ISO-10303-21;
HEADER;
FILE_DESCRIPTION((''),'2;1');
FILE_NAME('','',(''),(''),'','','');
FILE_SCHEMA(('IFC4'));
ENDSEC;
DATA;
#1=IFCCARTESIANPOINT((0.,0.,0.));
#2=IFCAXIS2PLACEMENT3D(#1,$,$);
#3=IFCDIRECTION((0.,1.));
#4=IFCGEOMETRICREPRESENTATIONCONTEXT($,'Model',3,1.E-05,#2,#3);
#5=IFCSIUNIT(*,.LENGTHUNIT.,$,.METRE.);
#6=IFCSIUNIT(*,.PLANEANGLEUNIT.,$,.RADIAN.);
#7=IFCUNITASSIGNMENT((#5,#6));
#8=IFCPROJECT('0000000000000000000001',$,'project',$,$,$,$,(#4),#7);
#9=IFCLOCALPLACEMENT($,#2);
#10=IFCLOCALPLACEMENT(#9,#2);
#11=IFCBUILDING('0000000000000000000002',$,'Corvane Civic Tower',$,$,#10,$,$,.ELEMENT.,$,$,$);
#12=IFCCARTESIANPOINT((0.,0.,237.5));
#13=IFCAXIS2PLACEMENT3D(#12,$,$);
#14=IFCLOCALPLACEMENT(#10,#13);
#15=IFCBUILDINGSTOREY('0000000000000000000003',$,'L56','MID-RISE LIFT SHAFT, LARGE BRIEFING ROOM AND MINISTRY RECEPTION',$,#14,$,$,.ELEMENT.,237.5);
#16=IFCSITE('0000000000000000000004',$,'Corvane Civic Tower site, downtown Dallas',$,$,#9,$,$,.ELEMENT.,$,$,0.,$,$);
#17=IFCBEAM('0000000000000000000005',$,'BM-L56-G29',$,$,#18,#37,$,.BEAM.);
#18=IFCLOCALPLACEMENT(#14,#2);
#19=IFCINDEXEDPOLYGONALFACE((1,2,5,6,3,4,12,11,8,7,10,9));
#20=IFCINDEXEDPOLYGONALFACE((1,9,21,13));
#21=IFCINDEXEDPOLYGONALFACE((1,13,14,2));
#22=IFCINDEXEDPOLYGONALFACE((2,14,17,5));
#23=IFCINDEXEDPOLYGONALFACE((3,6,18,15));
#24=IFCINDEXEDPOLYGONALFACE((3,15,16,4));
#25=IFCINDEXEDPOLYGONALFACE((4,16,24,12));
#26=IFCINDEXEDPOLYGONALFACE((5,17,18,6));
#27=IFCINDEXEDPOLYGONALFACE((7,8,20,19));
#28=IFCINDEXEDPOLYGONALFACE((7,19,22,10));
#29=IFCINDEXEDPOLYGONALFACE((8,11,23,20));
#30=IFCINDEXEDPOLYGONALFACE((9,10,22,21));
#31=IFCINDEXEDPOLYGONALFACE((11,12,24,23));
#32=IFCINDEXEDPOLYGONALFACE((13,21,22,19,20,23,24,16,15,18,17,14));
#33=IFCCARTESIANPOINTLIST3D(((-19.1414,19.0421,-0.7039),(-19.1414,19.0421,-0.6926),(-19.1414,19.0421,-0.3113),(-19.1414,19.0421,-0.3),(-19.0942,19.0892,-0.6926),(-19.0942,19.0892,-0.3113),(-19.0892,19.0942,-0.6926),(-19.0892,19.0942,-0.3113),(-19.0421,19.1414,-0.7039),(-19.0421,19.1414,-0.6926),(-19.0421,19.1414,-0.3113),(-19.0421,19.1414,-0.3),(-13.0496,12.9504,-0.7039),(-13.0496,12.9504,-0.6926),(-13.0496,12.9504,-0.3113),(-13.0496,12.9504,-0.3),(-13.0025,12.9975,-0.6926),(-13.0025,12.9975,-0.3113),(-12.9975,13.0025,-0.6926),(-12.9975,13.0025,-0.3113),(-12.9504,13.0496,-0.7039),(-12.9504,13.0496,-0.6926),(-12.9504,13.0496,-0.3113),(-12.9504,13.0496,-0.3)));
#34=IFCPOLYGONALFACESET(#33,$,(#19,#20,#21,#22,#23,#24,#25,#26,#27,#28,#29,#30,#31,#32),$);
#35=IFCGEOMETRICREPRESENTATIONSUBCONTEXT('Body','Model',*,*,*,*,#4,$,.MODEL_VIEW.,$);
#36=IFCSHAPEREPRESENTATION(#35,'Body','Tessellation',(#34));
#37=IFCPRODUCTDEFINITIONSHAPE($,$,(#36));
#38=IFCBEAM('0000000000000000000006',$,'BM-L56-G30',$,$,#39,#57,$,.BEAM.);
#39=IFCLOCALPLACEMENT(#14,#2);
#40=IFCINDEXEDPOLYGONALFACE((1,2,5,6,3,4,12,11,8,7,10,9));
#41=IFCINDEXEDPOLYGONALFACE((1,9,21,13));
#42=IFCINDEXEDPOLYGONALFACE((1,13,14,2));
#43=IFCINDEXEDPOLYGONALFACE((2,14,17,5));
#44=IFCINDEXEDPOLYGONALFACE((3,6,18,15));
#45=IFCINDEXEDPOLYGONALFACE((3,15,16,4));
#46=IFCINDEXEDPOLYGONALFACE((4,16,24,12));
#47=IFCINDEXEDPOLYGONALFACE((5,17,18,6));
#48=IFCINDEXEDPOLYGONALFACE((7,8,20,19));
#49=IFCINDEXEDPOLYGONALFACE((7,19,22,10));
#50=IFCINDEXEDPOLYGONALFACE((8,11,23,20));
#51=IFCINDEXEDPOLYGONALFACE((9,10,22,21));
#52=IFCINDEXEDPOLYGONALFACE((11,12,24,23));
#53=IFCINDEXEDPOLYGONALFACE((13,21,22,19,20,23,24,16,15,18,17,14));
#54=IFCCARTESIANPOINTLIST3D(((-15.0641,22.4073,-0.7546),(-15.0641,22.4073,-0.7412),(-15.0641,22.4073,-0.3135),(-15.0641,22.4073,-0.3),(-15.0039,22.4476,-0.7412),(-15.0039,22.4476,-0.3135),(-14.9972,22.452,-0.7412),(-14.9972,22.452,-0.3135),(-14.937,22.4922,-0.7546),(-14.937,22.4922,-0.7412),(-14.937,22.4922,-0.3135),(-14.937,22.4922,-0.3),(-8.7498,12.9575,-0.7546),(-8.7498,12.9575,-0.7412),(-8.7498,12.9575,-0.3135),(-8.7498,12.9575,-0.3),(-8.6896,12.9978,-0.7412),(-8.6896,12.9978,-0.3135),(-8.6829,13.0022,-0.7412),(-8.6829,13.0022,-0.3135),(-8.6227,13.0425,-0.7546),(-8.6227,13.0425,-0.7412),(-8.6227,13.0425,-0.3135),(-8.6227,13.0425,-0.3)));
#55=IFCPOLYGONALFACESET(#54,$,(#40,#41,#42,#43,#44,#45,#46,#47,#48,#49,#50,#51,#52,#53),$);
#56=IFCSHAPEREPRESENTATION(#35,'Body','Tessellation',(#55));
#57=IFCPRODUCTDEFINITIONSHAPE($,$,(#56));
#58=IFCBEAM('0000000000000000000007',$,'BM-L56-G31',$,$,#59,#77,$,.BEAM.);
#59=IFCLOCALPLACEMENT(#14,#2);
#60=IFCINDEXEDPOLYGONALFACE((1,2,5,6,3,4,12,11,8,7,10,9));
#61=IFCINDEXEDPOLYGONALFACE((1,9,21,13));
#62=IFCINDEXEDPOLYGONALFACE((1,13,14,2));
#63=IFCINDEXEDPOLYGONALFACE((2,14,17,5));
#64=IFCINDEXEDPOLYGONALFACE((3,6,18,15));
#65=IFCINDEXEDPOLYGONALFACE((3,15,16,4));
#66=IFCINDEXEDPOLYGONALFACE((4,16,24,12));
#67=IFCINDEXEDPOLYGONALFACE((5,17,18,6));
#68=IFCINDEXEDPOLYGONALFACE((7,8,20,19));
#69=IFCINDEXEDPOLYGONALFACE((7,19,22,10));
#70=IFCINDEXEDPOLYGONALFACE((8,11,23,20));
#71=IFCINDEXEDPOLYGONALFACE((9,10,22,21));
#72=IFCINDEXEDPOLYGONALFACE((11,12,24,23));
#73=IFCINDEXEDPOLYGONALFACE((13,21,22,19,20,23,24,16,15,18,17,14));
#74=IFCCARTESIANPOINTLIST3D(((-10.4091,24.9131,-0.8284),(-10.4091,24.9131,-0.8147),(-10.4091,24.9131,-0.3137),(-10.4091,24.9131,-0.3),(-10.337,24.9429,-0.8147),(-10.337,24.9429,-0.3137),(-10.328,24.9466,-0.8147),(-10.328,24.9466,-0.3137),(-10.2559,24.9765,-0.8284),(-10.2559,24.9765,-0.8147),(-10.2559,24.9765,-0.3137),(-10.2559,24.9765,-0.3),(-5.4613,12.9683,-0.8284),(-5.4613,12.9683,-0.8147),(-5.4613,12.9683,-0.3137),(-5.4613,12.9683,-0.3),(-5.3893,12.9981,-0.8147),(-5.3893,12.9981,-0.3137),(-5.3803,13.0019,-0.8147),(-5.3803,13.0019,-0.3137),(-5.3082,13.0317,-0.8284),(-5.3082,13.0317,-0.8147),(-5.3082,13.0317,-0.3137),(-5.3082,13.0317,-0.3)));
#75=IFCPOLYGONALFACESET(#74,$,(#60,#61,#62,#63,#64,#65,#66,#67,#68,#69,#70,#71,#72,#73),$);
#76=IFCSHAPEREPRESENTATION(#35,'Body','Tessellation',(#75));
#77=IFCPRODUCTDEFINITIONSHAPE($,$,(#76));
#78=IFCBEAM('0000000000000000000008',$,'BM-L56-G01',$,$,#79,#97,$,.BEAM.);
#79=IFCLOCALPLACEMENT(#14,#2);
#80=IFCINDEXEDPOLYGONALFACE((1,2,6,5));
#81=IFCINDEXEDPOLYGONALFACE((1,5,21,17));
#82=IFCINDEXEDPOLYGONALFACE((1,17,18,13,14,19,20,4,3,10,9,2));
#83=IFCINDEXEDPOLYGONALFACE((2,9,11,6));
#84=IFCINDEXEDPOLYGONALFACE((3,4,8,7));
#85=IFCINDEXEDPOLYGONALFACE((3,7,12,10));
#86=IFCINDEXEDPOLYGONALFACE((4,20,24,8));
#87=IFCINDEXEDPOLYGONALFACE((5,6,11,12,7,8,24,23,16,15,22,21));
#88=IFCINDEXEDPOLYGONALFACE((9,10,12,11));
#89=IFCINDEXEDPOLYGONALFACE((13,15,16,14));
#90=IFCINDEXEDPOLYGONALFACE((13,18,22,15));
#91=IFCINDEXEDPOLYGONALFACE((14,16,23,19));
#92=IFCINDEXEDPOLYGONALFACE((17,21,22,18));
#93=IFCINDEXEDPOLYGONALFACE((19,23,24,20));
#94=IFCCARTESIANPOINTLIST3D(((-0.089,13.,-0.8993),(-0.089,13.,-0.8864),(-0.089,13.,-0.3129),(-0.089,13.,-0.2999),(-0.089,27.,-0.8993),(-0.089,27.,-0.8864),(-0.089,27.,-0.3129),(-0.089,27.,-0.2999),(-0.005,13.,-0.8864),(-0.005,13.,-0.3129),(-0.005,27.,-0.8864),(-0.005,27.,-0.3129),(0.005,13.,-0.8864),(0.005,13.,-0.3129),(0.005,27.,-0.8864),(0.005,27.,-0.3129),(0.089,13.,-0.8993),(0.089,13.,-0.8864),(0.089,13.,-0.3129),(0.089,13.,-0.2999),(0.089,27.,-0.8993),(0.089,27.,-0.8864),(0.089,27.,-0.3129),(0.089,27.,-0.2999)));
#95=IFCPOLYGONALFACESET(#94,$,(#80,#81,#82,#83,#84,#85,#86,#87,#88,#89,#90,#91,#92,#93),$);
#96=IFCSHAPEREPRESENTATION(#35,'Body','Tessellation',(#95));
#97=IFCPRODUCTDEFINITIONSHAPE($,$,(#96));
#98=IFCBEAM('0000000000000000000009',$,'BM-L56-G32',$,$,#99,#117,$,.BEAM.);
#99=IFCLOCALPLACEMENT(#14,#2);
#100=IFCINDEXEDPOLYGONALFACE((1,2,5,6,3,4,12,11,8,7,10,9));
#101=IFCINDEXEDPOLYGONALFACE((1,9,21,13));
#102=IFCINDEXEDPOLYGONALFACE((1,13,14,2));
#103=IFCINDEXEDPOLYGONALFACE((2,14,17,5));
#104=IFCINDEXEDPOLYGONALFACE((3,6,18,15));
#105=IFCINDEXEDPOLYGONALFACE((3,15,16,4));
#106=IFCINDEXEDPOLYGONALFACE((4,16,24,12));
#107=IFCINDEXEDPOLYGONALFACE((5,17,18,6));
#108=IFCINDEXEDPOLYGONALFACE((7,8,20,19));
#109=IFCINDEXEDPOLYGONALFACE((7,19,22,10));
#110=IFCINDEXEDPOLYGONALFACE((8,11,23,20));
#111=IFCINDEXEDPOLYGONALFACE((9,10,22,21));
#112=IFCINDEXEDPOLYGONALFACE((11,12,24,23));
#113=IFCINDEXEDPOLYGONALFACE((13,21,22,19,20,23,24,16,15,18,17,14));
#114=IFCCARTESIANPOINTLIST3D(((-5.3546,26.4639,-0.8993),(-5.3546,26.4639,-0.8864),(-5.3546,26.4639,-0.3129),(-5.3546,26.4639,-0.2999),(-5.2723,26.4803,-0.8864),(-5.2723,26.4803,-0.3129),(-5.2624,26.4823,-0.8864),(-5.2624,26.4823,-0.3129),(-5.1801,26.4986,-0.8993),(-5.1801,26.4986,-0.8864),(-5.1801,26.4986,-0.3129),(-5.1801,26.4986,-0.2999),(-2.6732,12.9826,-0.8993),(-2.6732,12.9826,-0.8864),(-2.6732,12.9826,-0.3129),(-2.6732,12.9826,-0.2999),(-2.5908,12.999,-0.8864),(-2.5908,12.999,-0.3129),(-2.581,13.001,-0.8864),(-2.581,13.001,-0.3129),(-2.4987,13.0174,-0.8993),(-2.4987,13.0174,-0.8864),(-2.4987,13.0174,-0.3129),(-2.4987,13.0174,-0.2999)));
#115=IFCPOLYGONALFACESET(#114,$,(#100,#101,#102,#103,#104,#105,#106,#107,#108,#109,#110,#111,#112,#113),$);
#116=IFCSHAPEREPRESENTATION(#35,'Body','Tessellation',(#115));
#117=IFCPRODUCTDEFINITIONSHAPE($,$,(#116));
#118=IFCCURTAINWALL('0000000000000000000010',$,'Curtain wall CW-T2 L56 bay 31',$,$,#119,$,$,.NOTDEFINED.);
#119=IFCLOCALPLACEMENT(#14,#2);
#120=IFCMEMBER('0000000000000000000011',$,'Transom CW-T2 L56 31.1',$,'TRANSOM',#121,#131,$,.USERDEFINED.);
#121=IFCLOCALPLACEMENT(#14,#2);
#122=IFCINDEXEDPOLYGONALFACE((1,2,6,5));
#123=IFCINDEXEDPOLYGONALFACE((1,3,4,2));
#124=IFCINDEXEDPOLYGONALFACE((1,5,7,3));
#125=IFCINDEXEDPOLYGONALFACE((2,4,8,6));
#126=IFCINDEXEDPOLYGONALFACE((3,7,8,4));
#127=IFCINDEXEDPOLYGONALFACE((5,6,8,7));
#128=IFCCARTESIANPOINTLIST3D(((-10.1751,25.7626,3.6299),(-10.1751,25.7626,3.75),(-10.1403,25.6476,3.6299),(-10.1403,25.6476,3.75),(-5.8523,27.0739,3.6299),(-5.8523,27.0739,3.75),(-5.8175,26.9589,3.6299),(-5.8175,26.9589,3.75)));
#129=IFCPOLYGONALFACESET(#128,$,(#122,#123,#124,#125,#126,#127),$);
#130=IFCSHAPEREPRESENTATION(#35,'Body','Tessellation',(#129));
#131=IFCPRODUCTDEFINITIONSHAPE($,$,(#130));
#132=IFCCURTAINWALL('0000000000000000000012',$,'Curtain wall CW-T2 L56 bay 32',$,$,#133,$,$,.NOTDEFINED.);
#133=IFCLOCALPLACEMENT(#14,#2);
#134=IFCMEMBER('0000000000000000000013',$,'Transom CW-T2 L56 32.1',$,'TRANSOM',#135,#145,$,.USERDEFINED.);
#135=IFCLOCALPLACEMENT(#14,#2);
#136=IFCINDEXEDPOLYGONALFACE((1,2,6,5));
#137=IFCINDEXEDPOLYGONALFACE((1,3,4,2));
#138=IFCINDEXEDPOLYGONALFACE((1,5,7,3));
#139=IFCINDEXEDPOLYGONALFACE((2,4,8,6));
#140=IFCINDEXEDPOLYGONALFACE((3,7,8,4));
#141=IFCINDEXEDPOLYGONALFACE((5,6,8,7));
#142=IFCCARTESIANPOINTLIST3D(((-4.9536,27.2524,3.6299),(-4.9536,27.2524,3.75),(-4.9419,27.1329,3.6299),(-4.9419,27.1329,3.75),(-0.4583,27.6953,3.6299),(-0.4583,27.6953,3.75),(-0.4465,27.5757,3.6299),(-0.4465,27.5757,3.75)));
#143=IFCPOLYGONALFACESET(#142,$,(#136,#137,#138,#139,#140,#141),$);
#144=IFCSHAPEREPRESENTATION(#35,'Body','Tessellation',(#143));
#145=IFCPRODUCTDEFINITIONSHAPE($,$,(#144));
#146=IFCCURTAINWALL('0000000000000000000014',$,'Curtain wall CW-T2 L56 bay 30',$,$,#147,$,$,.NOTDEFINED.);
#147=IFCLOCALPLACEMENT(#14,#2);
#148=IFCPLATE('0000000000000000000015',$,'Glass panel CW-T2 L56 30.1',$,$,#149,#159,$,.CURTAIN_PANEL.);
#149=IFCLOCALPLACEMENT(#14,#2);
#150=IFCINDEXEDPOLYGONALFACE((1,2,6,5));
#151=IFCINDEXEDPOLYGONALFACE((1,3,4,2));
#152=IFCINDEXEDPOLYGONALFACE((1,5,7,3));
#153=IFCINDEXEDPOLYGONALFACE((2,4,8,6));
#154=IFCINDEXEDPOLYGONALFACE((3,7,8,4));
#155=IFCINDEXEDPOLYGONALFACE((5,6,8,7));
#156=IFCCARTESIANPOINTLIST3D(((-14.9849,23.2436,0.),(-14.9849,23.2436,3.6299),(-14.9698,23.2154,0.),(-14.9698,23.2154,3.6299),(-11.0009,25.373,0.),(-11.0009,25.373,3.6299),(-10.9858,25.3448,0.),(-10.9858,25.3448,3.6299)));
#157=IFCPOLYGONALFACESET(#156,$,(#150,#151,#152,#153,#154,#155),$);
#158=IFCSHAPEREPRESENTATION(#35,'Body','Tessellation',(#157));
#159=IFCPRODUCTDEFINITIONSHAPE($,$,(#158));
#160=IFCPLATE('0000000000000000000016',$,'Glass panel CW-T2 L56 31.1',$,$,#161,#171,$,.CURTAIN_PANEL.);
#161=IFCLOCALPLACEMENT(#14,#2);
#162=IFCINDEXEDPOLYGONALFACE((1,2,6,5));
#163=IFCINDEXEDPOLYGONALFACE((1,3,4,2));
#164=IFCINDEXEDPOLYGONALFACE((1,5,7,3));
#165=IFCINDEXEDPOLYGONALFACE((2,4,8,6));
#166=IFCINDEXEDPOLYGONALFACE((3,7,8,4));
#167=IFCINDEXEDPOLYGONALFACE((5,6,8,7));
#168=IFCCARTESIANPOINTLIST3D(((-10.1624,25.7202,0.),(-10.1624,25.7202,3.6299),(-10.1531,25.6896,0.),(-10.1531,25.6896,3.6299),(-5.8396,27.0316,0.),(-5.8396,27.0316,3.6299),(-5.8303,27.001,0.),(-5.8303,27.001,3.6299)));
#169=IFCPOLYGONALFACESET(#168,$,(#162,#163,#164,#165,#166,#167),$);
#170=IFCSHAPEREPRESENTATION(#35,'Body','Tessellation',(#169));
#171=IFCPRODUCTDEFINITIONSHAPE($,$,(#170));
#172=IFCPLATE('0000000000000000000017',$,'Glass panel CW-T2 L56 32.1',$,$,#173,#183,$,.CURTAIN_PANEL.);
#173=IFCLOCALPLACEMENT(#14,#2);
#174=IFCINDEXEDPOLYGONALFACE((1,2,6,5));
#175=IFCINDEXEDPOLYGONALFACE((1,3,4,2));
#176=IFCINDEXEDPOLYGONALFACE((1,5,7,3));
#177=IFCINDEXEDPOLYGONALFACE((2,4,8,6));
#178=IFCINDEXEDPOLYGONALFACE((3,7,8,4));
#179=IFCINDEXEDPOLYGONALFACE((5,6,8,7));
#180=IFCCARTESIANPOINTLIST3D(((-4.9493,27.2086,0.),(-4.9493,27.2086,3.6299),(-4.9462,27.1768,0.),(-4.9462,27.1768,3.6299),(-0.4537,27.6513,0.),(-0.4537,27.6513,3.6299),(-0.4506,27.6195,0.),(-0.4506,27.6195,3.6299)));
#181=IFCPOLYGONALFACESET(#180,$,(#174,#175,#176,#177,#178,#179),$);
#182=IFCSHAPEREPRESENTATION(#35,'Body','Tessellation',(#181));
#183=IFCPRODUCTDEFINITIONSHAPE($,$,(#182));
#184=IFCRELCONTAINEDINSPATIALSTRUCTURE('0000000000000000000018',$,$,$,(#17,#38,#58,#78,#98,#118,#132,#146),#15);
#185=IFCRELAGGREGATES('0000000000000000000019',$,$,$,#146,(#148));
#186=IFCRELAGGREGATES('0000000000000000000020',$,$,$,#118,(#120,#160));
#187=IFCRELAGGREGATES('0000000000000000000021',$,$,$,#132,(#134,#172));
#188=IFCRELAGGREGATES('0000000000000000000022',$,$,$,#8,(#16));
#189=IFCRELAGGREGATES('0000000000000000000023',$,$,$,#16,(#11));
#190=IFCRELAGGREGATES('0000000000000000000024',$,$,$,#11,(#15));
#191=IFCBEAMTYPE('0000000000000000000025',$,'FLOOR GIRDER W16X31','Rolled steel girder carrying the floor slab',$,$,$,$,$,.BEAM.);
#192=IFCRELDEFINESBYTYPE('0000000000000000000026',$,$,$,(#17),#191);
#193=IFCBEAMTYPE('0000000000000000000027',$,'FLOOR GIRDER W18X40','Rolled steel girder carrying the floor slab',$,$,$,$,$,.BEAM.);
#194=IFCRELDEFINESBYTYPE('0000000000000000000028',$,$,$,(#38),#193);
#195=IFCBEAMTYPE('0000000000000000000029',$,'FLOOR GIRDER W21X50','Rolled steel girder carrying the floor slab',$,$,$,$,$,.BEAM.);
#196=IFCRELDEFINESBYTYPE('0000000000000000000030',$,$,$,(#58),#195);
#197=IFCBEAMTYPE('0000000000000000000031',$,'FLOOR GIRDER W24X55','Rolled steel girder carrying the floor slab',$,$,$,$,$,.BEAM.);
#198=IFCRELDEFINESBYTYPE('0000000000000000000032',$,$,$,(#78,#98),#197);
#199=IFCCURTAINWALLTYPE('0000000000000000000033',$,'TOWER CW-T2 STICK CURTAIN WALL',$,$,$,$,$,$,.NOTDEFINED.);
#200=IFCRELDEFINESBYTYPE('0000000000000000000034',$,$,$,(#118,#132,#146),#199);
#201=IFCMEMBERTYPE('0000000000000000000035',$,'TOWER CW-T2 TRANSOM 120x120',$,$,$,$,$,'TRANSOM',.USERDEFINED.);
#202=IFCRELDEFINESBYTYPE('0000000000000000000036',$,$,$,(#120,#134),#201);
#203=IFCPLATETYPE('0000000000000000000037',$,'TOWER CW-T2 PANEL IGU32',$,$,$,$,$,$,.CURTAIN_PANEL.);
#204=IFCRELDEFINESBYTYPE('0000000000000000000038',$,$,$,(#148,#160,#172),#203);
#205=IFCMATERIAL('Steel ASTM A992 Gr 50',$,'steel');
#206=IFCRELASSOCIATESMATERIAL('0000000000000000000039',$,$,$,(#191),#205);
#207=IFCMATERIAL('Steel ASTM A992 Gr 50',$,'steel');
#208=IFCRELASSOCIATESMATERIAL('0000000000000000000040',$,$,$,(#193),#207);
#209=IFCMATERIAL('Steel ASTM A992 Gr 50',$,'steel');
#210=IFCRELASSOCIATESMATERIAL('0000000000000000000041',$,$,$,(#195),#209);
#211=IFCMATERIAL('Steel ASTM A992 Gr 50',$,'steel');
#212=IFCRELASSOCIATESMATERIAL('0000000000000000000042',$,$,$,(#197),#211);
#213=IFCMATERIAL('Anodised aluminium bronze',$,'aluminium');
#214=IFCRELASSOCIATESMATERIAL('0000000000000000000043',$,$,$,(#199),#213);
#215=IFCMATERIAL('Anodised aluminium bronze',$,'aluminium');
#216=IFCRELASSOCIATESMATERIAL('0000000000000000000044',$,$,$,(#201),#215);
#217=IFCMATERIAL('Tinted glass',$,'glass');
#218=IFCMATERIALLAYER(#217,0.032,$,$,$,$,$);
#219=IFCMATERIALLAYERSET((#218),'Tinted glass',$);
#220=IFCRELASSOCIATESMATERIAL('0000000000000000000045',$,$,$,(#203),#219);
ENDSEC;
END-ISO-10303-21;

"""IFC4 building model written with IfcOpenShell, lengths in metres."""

from ifc_helpers import new_model, si_unit, direction, frame, origin, origin_2d, place, context, subcontext, project, spatial, rectangle, i_section, extrude, material, layer, layer_set, material_profile, profile_set, type_object, element, aggregate, save


model = new_model("IFC4")

# Units and contexts
model_context = context("Model", 3, precision=1e-05, world=origin(), true_north=direction((0.0, 1.0)))
body_context = subcontext(model_context, "Body", "Model", "MODEL_VIEW")
ifc_project = project(units=[si_unit("LENGTHUNIT", "METRE"), si_unit("PLANEANGLEUNIT", "RADIAN")], contexts=[model_context])

# Site, building, storey
site_placement = place(None, origin())
site = spatial("IfcSite", under=ifc_project, at=site_placement, Name="Corvane Civic Tower site, downtown Dallas", CompositionType="ELEMENT", RefElevation=0.0)
building_placement = place(site_placement, origin())
building = spatial("IfcBuilding", under=site, at=building_placement, Name="Corvane Civic Tower", CompositionType="ELEMENT")
storey_placement = place(building_placement, frame((0.0, 0.0, 237.5)))
storey = spatial("IfcBuildingStorey", under=building, at=storey_placement, Name="L56", Description="MID-RISE LIFT SHAFT, LARGE BRIEFING ROOM AND MINISTRY RECEPTION", CompositionType="ELEMENT", Elevation=237.5)

# Beams
ifc_material_1 = material(Name="Steel ASTM A992 Gr 50", Category="steel")
ifc_material_profile_1 = material_profile(ifc_material_1, i_section(OverallWidth=0.1404, OverallDepth=0.4038, WebThickness=0.0071, FlangeThickness=0.0112, at=origin_2d()), Name="W16X31")
ifc_profile_set_1 = profile_set([ifc_material_profile_1], Name="Steel ASTM A992 Gr 50")
beam_type_1 = type_object("IfcBeamType", Name="FLOOR GIRDER W16X31", Description="Rolled steel girder carrying the floor slab", PredefinedType="BEAM", material=ifc_profile_set_1)
beam_1_placement = place(storey_placement, frame((-13.0, 13.0, -0.502), z_axis=(-0.707107, 0.707107, 0.0), x_axis=(-0.707107, -0.707107, 0.0)))
element("IfcBeam", 1, at=beam_1_placement, inside=storey, type_object=beam_type_1, Name="BM-L56-G29", PredefinedType="BEAM", context=body_context, shape_type="SweptSolid", body=[
    extrude(i_section(OverallWidth=0.1404, OverallDepth=0.4038, WebThickness=0.0071, FlangeThickness=0.0112, at=origin_2d()), origin(), (0.0, 0.0, 1.0), 8.615),
])
ifc_material_2 = material(Name="Steel ASTM A992 Gr 50", Category="steel")
ifc_material_profile_2 = material_profile(ifc_material_2, i_section(OverallWidth=0.1528, OverallDepth=0.4546, WebThickness=0.0081, FlangeThickness=0.0134, at=origin_2d()), Name="W18X40")
ifc_profile_set_2 = profile_set([ifc_material_profile_2], Name="Steel ASTM A992 Gr 50")
beam_type_2 = type_object("IfcBeamType", Name="FLOOR GIRDER W18X40", Description="Rolled steel girder carrying the floor slab", PredefinedType="BEAM", material=ifc_profile_set_2)
beam_2_placement = place(storey_placement, frame((-8.6863, 13.0, -0.5273), z_axis=(-0.555577, 0.831465, 0.0), x_axis=(-0.831465, -0.555577, 0.0)))
element("IfcBeam", 2, at=beam_2_placement, inside=storey, type_object=beam_type_2, Name="BM-L56-G30", PredefinedType="BEAM", context=body_context, shape_type="SweptSolid", body=[
    extrude(i_section(OverallWidth=0.1528, OverallDepth=0.4546, WebThickness=0.0081, FlangeThickness=0.0134, at=origin_2d()), origin(), (0.0, 0.0, 1.0), 11.3652),
])
ifc_material_3 = material(Name="Steel ASTM A992 Gr 50", Category="steel")
ifc_material_profile_3 = material_profile(ifc_material_3, i_section(OverallWidth=0.1658, OverallDepth=0.5283, WebThickness=0.0098, FlangeThickness=0.0137, at=origin_2d()), Name="W21X50")
ifc_profile_set_3 = profile_set([ifc_material_profile_3], Name="Steel ASTM A992 Gr 50")
beam_type_3 = type_object("IfcBeamType", Name="FLOOR GIRDER W21X50", Description="Rolled steel girder carrying the floor slab", PredefinedType="BEAM", material=ifc_profile_set_3)
beam_3_placement = place(storey_placement, frame((-5.3848, 13.0, -0.5642), z_axis=(-0.382686, 0.923878, 0.0), x_axis=(-0.923878, -0.382686, 0.0)))
element("IfcBeam", 3, at=beam_3_placement, inside=storey, type_object=beam_type_3, Name="BM-L56-G31", PredefinedType="BEAM", context=body_context, shape_type="SweptSolid", body=[
    extrude(i_section(OverallWidth=0.1658, OverallDepth=0.5283, WebThickness=0.0098, FlangeThickness=0.0137, at=origin_2d()), origin(), (0.0, 0.0, 1.0), 12.929),
])
ifc_material_4 = material(Name="Steel ASTM A992 Gr 50", Category="steel")
ifc_material_profile_4 = material_profile(ifc_material_4, i_section(OverallWidth=0.178, OverallDepth=0.5994, WebThickness=0.01, FlangeThickness=0.0129, at=origin_2d()), Name="W24X55")
ifc_profile_set_4 = profile_set([ifc_material_profile_4], Name="Steel ASTM A992 Gr 50")
beam_type_4 = type_object("IfcBeamType", Name="FLOOR GIRDER W24X55", Description="Rolled steel girder carrying the floor slab", PredefinedType="BEAM", material=ifc_profile_set_4)
beam_4_placement = place(storey_placement, frame((0.0, 13.0, -0.5996), z_axis=(0.0, 1.0, 0.0), x_axis=(-1.0, 0.0, 0.0)))
element("IfcBeam", 4, at=beam_4_placement, inside=storey, type_object=beam_type_4, Name="BM-L56-G01", PredefinedType="BEAM", context=body_context, shape_type="SweptSolid", body=[
    extrude(i_section(OverallWidth=0.178, OverallDepth=0.5994, WebThickness=0.01, FlangeThickness=0.0129, at=origin_2d()), origin(), (0.0, 0.0, 1.0), 14.0),
])
beam_5_placement = place(storey_placement, frame((-2.5859, 13.0, -0.5996), z_axis=(-0.195078, 0.980788, 0.0), x_axis=(-0.980788, -0.195078, 0.0)))
element("IfcBeam", 5, at=beam_5_placement, inside=storey, type_object=beam_type_4, Name="BM-L56-G32", PredefinedType="BEAM", context=body_context, shape_type="SweptSolid", body=[
    extrude(i_section(OverallWidth=0.178, OverallDepth=0.5994, WebThickness=0.01, FlangeThickness=0.0129, at=origin_2d()), origin(), (0.0, 0.0, 1.0), 13.7454),
])

# Curtain walls, members
ifc_material_5 = material(Name="Anodised aluminium bronze", Category="aluminium")
curtain_wall_type = type_object("IfcCurtainWallType", Name="TOWER CW-T2 STICK CURTAIN WALL", PredefinedType="NOTDEFINED", material=ifc_material_5)
curtain_wall_1_placement = place(storey_placement, origin())
curtain_wall_1 = element("IfcCurtainWall", 6, at=curtain_wall_1_placement, inside=storey, type_object=curtain_wall_type, Name="Curtain wall CW-T2 L56 bay 31", PredefinedType="NOTDEFINED")
ifc_material_6 = material(Name="Anodised aluminium bronze", Category="aluminium")
ifc_material_profile_5 = material_profile(ifc_material_6, rectangle(XDim=0.1201, YDim=0.1201, at=origin_2d()), Name="TOWER CW-T2 TRANSOM 120x120")
ifc_profile_set_5 = profile_set([ifc_material_profile_5], Name="Anodised aluminium bronze")
member_type = type_object("IfcMemberType", Name="TOWER CW-T2 TRANSOM 120x120", ElementType="TRANSOM", PredefinedType="USERDEFINED", material=ifc_profile_set_5)
member_1_placement = place(storey_placement, frame((-10.1577, 25.7051, 3.6899), z_axis=(0.956941, 0.290282, 0.0), x_axis=(-0.290282, 0.956941, 0.0)))
member_1 = element("IfcMember", 7, at=member_1_placement, type_object=member_type, Name="Transom CW-T2 L56 31.1", ObjectType="TRANSOM", PredefinedType="USERDEFINED", context=body_context, shape_type="SweptSolid", body=[
    extrude(rectangle(XDim=0.1201, YDim=0.1201, at=origin_2d()), origin(), (0.0, 0.0, 1.0), 4.5173),
])
curtain_wall_2_placement = place(storey_placement, origin())
curtain_wall_2 = element("IfcCurtainWall", 8, at=curtain_wall_2_placement, inside=storey, type_object=curtain_wall_type, Name="Curtain wall CW-T2 L56 bay 32", PredefinedType="NOTDEFINED")
member_2_placement = place(storey_placement, frame((-4.9478, 27.1926, 3.6899), z_axis=(0.995182, 0.098043, 0.0), x_axis=(-0.098043, 0.995182, 0.0)))
member_2 = element("IfcMember", 9, at=member_2_placement, type_object=member_type, Name="Transom CW-T2 L56 32.1", ObjectType="TRANSOM", PredefinedType="USERDEFINED", context=body_context, shape_type="SweptSolid", body=[
    extrude(rectangle(XDim=0.1201, YDim=0.1201, at=origin_2d()), origin(), (0.0, 0.0, 1.0), 4.5171),
])

# Curtain wall, plate
curtain_wall_3_placement = place(storey_placement, origin())
curtain_wall_3 = element("IfcCurtainWall", 10, at=curtain_wall_3_placement, inside=storey, type_object=curtain_wall_type, Name="Curtain wall CW-T2 L56 bay 30", PredefinedType="NOTDEFINED")
ifc_material_7 = material(Name="Tinted glass", Category="glass")
ifc_layer_1 = layer(ifc_material_7, 0.032)
ifc_layer_set_1 = layer_set([ifc_layer_1], Name="Tinted glass")
plate_type = type_object("IfcPlateType", Name="TOWER CW-T2 PANEL IGU32", PredefinedType="CURTAIN_PANEL", material=ifc_layer_set_1)
plate_1_placement = place(storey_placement, frame((-12.9854, 24.2942, 0.0), z_axis=(0.0, 0.0, 1.0), x_axis=(0.88192, 0.471398, 0.0)))
plate_1 = element("IfcPlate", 11, at=plate_1_placement, type_object=plate_type, Name="Glass panel CW-T2 L56 30.1", PredefinedType="CURTAIN_PANEL", context=body_context, shape_type="SweptSolid", body=[
    extrude(rectangle(XDim=4.5173, YDim=0.032, at=origin_2d()), origin(), (0.0, 0.0, 1.0), 3.6299),
])
aggregate(curtain_wall_3, [plate_1])

# Plates
plate_2_placement = place(storey_placement, frame((-7.9963, 26.3606, 0.0), z_axis=(0.0, 0.0, 1.0), x_axis=(0.956939, 0.29029, 0.0)))
plate_2 = element("IfcPlate", 12, at=plate_2_placement, type_object=plate_type, Name="Glass panel CW-T2 L56 31.1", PredefinedType="CURTAIN_PANEL", context=body_context, shape_type="SweptSolid", body=[
    extrude(rectangle(XDim=4.5173, YDim=0.032, at=origin_2d()), origin(), (0.0, 0.0, 1.0), 3.6299),
])
aggregate(curtain_wall_1, [member_1, plate_2])
plate_3_placement = place(storey_placement, frame((-2.7, 27.4141, 0.0), z_axis=(0.0, 0.0, 1.0), x_axis=(0.995187, 0.097993, 0.0)))
plate_3 = element("IfcPlate", 13, at=plate_3_placement, type_object=plate_type, Name="Glass panel CW-T2 L56 32.1", PredefinedType="CURTAIN_PANEL", context=body_context, shape_type="SweptSolid", body=[
    extrude(rectangle(XDim=4.5173, YDim=0.032, at=origin_2d()), origin(), (0.0, 0.0, 1.0), 3.6299),
])
aggregate(curtain_wall_2, [member_2, plate_3])

save(model, "model.ifc")
